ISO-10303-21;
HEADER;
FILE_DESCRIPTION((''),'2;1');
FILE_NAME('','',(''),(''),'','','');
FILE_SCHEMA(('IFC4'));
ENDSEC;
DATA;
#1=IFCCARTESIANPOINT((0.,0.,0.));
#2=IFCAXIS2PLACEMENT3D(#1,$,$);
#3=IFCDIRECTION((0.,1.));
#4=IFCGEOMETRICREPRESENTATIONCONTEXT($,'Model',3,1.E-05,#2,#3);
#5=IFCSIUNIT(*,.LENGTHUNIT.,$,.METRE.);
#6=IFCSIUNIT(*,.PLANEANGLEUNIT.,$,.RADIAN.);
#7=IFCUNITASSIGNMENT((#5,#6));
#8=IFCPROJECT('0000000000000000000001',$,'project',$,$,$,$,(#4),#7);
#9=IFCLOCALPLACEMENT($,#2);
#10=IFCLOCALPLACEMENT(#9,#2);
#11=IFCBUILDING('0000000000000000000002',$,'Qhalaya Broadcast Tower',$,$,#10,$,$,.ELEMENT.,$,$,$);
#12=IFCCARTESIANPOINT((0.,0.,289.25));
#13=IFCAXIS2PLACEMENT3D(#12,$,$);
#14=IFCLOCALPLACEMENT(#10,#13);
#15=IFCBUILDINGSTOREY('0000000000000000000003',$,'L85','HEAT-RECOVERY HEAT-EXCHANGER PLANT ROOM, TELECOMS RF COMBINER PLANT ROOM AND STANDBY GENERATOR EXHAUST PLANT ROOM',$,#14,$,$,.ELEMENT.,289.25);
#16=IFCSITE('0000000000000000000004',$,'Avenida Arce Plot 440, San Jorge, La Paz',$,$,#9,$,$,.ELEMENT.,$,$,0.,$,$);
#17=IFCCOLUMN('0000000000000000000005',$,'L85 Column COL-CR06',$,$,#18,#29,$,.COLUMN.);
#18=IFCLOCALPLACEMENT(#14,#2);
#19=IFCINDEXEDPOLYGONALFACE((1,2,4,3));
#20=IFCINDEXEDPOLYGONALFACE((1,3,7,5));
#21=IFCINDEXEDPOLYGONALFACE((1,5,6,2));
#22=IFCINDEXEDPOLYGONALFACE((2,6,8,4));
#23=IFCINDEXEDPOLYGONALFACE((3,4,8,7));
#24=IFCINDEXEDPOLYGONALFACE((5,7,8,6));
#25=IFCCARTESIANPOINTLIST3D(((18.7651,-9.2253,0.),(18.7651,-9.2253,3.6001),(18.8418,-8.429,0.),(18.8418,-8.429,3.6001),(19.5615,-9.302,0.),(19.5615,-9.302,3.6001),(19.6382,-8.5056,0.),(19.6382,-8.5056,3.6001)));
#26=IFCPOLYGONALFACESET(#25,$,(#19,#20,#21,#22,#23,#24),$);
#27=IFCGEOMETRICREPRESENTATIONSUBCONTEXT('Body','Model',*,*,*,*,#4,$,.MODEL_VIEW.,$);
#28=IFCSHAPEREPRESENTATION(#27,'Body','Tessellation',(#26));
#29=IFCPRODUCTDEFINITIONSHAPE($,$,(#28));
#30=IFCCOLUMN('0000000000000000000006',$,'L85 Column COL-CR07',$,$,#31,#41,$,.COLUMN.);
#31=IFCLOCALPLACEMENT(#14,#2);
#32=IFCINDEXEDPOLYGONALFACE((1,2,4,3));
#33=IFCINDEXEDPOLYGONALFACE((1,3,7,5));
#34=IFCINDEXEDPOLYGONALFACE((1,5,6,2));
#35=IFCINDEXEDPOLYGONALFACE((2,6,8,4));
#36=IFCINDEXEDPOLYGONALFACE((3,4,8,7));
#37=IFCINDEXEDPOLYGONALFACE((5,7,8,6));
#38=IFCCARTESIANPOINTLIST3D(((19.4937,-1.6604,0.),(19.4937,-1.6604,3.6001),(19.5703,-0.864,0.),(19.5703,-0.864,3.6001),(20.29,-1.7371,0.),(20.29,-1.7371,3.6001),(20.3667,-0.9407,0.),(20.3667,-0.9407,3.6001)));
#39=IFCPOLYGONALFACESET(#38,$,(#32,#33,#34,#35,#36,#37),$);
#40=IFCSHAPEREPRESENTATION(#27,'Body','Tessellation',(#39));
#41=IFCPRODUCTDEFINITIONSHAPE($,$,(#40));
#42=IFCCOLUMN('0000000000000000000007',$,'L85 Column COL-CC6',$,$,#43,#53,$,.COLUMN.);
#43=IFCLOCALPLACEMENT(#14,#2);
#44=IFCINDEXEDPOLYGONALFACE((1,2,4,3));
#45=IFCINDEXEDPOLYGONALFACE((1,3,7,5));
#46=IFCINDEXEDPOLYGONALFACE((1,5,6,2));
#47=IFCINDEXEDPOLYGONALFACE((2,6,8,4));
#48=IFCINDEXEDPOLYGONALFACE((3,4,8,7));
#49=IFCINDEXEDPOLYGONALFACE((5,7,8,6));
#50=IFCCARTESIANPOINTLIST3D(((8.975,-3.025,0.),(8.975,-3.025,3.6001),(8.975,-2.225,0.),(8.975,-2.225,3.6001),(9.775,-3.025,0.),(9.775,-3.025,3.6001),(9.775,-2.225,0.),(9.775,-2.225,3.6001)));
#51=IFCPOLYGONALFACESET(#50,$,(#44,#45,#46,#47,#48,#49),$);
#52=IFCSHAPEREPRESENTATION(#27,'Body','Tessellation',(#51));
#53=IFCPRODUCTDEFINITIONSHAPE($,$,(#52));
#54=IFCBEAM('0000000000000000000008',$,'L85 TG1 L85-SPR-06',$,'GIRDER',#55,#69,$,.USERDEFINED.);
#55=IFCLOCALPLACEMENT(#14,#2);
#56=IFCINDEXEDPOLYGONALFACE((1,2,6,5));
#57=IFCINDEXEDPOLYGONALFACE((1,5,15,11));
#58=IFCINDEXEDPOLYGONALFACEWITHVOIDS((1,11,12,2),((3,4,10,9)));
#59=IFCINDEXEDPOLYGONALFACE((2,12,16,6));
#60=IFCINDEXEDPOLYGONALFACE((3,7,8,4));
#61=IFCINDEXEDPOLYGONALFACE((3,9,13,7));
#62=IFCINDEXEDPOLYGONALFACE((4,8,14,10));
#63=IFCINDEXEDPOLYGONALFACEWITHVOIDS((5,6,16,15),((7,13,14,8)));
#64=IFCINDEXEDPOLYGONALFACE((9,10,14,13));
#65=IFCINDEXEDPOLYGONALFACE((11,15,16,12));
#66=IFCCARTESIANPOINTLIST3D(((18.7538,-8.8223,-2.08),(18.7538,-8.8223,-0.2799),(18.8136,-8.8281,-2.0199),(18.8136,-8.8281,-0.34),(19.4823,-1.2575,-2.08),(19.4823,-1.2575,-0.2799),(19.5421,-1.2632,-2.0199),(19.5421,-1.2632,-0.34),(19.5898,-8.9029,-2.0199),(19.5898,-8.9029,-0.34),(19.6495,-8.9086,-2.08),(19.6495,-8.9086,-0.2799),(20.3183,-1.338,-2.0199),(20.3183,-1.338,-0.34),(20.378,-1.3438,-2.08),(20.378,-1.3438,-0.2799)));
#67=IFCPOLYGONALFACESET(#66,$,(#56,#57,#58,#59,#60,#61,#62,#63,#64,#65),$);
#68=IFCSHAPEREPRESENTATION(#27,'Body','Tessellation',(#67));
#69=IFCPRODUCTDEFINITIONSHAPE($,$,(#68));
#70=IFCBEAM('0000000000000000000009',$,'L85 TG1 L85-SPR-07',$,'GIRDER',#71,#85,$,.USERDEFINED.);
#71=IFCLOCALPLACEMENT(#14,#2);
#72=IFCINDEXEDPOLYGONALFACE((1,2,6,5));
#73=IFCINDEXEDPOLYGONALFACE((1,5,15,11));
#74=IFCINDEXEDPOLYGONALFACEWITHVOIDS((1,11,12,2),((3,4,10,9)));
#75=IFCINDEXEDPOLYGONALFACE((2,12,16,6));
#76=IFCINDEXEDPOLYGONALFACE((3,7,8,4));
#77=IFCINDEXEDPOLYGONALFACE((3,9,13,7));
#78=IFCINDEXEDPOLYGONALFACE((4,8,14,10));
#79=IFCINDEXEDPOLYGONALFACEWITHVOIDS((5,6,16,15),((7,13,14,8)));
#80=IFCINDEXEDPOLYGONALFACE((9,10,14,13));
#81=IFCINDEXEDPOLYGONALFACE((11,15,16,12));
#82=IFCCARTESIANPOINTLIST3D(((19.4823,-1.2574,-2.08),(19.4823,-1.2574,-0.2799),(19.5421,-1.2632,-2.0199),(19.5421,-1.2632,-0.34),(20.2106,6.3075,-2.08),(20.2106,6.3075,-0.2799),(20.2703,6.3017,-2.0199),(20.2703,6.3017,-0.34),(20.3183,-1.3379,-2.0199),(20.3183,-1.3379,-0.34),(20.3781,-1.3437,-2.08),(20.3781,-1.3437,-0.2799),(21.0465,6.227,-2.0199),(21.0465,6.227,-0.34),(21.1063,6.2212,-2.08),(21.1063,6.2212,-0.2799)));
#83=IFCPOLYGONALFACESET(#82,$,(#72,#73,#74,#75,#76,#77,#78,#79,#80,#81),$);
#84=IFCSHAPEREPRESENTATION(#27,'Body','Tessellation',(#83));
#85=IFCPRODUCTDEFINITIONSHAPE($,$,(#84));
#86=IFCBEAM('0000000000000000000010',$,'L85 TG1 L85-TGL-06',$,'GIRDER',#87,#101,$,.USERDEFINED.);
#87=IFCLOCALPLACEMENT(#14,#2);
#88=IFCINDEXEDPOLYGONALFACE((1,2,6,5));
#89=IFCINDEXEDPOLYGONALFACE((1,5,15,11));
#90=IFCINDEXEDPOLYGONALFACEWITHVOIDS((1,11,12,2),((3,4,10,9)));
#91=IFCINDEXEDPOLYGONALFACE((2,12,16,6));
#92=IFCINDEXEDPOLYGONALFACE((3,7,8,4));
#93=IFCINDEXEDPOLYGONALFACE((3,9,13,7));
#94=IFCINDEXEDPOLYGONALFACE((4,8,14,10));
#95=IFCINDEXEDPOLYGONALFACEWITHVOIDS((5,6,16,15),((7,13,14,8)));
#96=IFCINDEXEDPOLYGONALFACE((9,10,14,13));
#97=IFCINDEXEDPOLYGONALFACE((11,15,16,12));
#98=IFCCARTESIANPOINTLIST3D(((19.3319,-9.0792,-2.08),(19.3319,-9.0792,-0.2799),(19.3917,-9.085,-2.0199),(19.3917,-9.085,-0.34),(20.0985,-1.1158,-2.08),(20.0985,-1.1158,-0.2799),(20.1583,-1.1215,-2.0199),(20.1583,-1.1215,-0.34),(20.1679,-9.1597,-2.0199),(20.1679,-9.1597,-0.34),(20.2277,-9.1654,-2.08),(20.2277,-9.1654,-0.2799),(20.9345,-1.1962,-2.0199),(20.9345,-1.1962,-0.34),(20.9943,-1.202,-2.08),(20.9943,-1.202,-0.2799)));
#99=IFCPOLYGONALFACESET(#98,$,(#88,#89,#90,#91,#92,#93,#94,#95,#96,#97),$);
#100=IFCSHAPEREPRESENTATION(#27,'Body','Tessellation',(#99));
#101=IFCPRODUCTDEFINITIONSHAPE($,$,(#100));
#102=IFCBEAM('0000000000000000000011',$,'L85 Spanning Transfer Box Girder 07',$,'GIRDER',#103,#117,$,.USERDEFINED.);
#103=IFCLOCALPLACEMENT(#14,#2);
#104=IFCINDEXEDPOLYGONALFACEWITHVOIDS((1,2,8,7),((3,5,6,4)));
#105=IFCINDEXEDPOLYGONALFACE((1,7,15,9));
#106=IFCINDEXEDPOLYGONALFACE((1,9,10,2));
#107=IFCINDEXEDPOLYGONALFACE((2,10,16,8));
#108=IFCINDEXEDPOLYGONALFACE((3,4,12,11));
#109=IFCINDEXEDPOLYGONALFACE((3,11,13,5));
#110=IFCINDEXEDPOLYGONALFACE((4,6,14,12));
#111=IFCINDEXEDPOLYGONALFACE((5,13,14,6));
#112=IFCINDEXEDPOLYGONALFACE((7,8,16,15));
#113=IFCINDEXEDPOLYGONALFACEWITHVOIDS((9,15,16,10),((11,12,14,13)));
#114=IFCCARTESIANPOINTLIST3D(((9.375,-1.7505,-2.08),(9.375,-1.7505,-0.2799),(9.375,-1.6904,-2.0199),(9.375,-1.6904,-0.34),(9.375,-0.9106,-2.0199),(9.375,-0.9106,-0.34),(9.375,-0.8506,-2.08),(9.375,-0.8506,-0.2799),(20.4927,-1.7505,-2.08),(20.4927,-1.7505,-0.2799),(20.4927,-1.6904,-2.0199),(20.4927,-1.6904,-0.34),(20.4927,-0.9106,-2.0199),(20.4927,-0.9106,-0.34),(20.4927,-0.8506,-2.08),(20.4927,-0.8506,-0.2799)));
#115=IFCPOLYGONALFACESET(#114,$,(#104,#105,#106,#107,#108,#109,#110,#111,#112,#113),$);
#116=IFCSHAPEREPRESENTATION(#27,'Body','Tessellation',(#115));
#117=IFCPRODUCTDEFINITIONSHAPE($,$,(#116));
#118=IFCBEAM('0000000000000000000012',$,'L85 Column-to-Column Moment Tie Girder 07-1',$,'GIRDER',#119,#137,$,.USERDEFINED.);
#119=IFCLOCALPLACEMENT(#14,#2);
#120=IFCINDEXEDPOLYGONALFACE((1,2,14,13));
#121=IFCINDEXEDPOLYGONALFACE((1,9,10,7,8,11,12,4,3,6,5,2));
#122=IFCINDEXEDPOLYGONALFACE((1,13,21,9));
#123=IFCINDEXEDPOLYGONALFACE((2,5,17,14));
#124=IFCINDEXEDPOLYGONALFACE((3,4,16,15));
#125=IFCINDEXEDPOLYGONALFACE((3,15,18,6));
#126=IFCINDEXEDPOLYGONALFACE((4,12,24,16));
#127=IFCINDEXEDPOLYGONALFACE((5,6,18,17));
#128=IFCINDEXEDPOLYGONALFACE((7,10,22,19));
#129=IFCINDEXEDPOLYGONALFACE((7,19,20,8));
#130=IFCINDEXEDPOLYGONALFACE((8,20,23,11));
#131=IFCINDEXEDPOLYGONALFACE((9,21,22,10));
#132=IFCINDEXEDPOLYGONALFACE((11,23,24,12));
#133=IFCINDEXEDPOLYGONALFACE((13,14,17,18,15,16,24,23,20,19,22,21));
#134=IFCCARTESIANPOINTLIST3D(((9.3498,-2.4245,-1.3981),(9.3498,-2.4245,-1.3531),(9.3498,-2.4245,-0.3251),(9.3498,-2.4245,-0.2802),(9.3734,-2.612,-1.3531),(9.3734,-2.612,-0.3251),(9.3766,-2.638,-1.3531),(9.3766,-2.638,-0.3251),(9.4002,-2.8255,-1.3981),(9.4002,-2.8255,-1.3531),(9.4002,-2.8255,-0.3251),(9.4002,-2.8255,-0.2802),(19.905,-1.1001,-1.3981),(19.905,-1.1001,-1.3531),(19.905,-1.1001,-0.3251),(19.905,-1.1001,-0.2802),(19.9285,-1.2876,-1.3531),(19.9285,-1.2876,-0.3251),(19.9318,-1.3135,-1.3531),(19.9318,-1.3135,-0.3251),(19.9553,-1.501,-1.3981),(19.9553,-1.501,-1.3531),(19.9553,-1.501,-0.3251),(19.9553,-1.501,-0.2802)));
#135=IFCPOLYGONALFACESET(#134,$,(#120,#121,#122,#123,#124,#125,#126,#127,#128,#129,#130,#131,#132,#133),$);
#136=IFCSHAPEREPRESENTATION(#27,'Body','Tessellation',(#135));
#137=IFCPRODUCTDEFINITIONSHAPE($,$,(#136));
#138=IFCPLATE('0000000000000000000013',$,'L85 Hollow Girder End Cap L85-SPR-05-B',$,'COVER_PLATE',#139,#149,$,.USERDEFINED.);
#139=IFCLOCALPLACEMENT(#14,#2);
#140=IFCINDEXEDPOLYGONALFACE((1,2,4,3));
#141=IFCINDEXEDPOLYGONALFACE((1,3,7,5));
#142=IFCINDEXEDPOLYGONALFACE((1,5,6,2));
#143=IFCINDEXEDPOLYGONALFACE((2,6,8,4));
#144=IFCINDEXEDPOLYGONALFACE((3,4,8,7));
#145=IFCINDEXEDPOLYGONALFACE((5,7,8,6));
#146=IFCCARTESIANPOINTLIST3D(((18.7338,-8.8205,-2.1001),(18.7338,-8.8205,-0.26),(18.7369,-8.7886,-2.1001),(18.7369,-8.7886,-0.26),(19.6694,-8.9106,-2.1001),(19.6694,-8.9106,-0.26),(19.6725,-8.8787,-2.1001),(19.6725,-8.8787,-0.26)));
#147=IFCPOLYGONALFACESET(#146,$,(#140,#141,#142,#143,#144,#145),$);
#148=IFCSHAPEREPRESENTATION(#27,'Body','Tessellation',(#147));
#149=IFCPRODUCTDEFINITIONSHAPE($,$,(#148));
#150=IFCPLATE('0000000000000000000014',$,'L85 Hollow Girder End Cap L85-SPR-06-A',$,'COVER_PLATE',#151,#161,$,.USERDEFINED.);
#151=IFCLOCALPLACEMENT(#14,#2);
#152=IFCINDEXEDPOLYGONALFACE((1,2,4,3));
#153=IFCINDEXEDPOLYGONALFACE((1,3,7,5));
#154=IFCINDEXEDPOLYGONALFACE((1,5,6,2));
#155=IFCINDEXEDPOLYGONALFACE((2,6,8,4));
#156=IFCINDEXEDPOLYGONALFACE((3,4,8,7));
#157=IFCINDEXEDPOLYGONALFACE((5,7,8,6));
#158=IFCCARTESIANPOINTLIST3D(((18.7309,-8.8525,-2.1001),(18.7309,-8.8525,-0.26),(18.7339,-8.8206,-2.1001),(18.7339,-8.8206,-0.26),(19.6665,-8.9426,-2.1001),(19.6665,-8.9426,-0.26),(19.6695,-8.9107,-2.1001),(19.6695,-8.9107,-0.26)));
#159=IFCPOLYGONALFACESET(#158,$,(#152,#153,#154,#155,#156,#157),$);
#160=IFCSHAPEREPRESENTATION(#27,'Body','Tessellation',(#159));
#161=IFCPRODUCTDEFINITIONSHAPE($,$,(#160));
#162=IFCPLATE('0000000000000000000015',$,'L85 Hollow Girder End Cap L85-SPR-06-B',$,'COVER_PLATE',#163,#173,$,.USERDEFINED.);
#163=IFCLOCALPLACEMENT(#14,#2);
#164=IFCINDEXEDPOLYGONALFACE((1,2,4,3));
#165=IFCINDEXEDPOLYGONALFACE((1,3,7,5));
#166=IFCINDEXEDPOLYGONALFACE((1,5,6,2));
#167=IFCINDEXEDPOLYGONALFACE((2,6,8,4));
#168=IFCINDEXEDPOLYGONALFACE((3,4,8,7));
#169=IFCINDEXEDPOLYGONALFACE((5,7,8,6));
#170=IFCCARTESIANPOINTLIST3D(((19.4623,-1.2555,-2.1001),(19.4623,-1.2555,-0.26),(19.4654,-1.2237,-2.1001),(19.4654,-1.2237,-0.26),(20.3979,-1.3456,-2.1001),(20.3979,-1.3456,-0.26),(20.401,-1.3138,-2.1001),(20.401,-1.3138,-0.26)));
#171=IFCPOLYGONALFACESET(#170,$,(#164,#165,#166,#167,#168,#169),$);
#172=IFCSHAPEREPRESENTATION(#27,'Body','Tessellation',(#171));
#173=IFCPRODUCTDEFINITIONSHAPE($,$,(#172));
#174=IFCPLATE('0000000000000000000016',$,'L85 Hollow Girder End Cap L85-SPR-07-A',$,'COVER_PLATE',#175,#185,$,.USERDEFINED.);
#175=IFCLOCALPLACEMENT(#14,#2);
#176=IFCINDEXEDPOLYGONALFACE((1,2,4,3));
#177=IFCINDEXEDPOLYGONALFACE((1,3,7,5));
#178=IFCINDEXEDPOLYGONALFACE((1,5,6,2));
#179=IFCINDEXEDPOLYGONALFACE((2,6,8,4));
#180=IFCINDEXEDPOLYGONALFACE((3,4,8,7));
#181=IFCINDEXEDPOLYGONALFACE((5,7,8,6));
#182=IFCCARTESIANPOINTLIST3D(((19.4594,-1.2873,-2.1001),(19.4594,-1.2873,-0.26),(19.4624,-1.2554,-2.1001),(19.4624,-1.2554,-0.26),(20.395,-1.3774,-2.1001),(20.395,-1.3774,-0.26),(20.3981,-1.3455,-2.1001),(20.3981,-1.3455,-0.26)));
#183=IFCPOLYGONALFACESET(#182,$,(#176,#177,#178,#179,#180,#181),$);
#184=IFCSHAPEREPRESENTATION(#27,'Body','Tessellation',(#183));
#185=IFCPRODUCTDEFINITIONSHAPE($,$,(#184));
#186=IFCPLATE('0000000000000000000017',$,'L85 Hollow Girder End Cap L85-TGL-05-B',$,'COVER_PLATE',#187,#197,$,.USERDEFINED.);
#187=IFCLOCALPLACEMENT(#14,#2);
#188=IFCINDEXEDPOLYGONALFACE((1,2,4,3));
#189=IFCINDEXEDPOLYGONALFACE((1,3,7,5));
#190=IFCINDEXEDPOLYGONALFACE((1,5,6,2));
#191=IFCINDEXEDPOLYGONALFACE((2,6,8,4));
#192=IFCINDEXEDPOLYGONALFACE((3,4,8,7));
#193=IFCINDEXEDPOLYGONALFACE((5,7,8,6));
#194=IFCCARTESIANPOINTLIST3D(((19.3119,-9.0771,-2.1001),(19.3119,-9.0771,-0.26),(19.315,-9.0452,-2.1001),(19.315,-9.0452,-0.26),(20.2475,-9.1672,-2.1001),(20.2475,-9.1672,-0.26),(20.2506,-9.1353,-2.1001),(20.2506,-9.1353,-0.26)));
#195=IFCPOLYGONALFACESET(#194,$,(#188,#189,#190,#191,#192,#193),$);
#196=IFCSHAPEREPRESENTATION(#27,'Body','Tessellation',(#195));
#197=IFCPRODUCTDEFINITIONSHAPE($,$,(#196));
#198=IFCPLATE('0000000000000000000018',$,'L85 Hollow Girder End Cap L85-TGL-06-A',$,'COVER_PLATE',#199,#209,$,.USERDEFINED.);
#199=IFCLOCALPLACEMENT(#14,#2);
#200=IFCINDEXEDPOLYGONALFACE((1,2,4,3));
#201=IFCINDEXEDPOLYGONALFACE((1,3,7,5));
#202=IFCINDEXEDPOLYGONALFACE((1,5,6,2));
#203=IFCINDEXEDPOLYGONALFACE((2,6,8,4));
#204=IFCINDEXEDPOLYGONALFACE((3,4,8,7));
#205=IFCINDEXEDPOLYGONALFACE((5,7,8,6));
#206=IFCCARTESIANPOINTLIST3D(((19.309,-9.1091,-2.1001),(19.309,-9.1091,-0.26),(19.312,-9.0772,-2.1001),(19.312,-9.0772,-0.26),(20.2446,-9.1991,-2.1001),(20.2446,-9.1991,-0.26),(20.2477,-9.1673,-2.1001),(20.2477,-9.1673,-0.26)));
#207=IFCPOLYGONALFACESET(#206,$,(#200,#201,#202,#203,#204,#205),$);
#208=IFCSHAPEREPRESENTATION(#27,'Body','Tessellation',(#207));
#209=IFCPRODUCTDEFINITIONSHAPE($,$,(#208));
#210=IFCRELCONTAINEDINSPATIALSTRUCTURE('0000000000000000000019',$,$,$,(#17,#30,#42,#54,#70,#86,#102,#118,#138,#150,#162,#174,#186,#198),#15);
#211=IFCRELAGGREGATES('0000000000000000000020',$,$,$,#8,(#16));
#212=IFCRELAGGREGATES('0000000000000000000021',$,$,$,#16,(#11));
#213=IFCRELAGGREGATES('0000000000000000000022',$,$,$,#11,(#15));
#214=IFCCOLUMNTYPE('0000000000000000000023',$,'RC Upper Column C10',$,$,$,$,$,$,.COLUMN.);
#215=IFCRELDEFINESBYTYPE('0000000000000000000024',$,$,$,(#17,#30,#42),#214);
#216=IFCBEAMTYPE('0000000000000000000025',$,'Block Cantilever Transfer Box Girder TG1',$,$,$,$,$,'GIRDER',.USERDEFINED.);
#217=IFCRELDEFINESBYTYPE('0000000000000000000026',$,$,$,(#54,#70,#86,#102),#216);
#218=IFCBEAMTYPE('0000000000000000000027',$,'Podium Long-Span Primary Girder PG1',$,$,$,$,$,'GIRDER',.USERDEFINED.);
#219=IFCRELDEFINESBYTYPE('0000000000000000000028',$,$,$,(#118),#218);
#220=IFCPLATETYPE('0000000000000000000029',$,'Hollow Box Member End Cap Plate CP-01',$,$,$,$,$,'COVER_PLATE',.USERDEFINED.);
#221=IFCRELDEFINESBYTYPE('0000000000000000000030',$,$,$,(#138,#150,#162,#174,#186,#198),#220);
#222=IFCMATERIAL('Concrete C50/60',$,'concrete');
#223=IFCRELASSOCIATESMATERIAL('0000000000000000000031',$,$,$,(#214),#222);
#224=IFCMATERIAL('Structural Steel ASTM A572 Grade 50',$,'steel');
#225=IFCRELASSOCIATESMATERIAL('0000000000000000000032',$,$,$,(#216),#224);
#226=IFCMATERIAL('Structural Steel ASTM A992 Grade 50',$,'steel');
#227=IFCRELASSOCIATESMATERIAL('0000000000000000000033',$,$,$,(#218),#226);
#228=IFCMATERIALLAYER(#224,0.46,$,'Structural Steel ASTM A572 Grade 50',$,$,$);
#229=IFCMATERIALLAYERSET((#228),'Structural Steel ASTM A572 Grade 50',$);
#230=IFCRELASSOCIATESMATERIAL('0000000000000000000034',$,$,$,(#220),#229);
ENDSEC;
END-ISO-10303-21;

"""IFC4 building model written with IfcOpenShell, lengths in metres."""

from ifc_helpers import new_model, si_unit, direction, frame, origin, origin_2d, place, context, subcontext, project, spatial, rectangle, hollow_rectangle, i_section, extrude, material, layer, layer_set, material_profile, profile_set, type_object, element, save


model = new_model("IFC4")

# Units and contexts
model_context = context("Model", 3, precision=1e-05, world=origin(), true_north=direction((0.0, 1.0)))
body_context = subcontext(model_context, "Body", "Model", "MODEL_VIEW")
ifc_project = project(units=[si_unit("LENGTHUNIT", "METRE"), si_unit("PLANEANGLEUNIT", "RADIAN")], contexts=[model_context])

# Site, building, storey
site_placement = place(None, origin())
site = spatial("IfcSite", under=ifc_project, at=site_placement, Name="Avenida Arce Plot 440, San Jorge, La Paz", CompositionType="ELEMENT", RefElevation=0.0)
building_placement = place(site_placement, origin())
building = spatial("IfcBuilding", under=site, at=building_placement, Name="Qhalaya Broadcast Tower", CompositionType="ELEMENT")
storey_placement = place(building_placement, frame((0.0, 0.0, 289.25)))
storey = spatial("IfcBuildingStorey", under=building, at=storey_placement, Name="L85", Description="HEAT-RECOVERY HEAT-EXCHANGER PLANT ROOM, TELECOMS RF COMBINER PLANT ROOM AND STANDBY GENERATOR EXHAUST PLANT ROOM", CompositionType="ELEMENT", Elevation=289.25)

# Columns
ifc_material_1 = material(Name="Concrete C50/60", Category="concrete")
ifc_material_profile_1 = material_profile(ifc_material_1, rectangle(XDim=0.8, YDim=0.8, at=origin_2d()), Name="RC-COL 800x800")
ifc_profile_set_1 = profile_set([ifc_material_profile_1], Name="Concrete C50/60")
column_type = type_object("IfcColumnType", Name="RC Upper Column C10", PredefinedType="COLUMN", material=ifc_profile_set_1)
for number, where, z_axis, x_axis, name in (
    (1, (19.2017, -8.8655, 0.0), (0.0, 0.0, 1.0), (0.095846, 0.995396, 0.0), "L85 Column COL-CR06"),
    (2, (19.9302, -1.3005, 0.0), (0.0, 0.0, 1.0), (0.095846, 0.995396, 0.0), "L85 Column COL-CR07"),
    (3, (9.375, -2.625, 0.0), (0.0, 0.0, 1.0), (1.0, 0.0, 0.0), "L85 Column COL-CC6"),
):
    element("IfcColumn", number, at=place(storey_placement, frame(where, z_axis=z_axis, x_axis=x_axis)), inside=storey, type_object=column_type, Name=name, PredefinedType="COLUMN", context=body_context, shape_type="SweptSolid", body=[
        extrude(rectangle(XDim=0.8, YDim=0.8, at=origin_2d()), origin(), (0.0, 0.0, 1.0), 3.6001),
    ])

# Beams
ifc_material_2 = material(Name="Structural Steel ASTM A572 Grade 50", Category="steel")
ifc_material_profile_2 = material_profile(ifc_material_2, hollow_rectangle(XDim=0.8999, YDim=1.8, WallThickness=0.0601, at=origin_2d()), Name="BOX 900x1800x60")
ifc_profile_set_2 = profile_set([ifc_material_profile_2], Name="Structural Steel ASTM A572 Grade 50")
beam_type_1 = type_object("IfcBeamType", Name="Block Cantilever Transfer Box Girder TG1", ElementType="GIRDER", PredefinedType="USERDEFINED", material=ifc_profile_set_2)
for number, where, z_axis, x_axis, name in (
    (4, (19.2017, -8.8655, -1.1799), (0.095858, 0.995395, 0.0), (-0.995395, 0.095858, 0.0), "L85 TG1 L85-SPR-06"),
    (5, (19.9302, -1.3005, -1.1799), (0.095826, 0.995398, 0.0), (-0.995398, 0.095826, 0.0), "L85 TG1 L85-SPR-07"),
):
    element("IfcBeam", number, at=place(storey_placement, frame(where, z_axis=z_axis, x_axis=x_axis)), inside=storey, type_object=beam_type_1, Name=name, ObjectType="GIRDER", PredefinedType="USERDEFINED", context=body_context, shape_type="SweptSolid", body=[
        extrude(hollow_rectangle(XDim=0.8999, YDim=1.8, WallThickness=0.0601, at=origin_2d()), origin(), (0.0, 0.0, 1.0), 7.5999),
    ])
beam_1_placement = place(storey_placement, frame((19.7798, -9.1223, -1.1799), z_axis=(0.095823, 0.995398, 0.0), x_axis=(-0.995398, 0.095823, 0.0)))
element("IfcBeam", 6, at=beam_1_placement, inside=storey, type_object=beam_type_1, Name="L85 TG1 L85-TGL-06", ObjectType="GIRDER", PredefinedType="USERDEFINED", context=body_context, shape_type="SweptSolid", body=[
    extrude(hollow_rectangle(XDim=0.8999, YDim=1.8, WallThickness=0.0601, at=origin_2d()), origin(), (0.0, 0.0, 1.0), 8.0002),
])
beam_2_placement = place(storey_placement, frame((9.375, -1.3005, -1.1799), z_axis=(1.0, 0.0, 0.0), x_axis=(0.0, 1.0, 0.0)))
element("IfcBeam", 7, at=beam_2_placement, inside=storey, type_object=beam_type_1, Name="L85 Spanning Transfer Box Girder 07", ObjectType="GIRDER", PredefinedType="USERDEFINED", context=body_context, shape_type="SweptSolid", body=[
    extrude(hollow_rectangle(XDim=0.8999, YDim=1.8, WallThickness=0.0601, at=origin_2d()), origin(), (0.0, 0.0, 1.0), 11.1177),
])
ifc_material_3 = material(Name="Structural Steel ASTM A992 Grade 50", Category="steel")
ifc_material_profile_3 = material_profile(ifc_material_3, i_section(OverallWidth=0.4041, OverallDepth=1.1179, WebThickness=0.0261, FlangeThickness=0.0449, at=origin_2d()), Name="W44X335")
ifc_profile_set_3 = profile_set([ifc_material_profile_3], Name="Structural Steel ASTM A992 Grade 50")
beam_type_2 = type_object("IfcBeamType", Name="Podium Long-Span Primary Girder PG1", ElementType="GIRDER", PredefinedType="USERDEFINED", material=ifc_profile_set_3)
beam_3_placement = place(storey_placement, frame((9.375, -2.625, -0.8391), z_axis=(0.992219, 0.124504, 0.0), x_axis=(-0.124504, 0.992219, 0.0)))
element("IfcBeam", 8, at=beam_3_placement, inside=storey, type_object=beam_type_2, Name="L85 Column-to-Column Moment Tie Girder 07-1", ObjectType="GIRDER", PredefinedType="USERDEFINED", context=body_context, shape_type="SweptSolid", body=[
    extrude(i_section(OverallWidth=0.4041, OverallDepth=1.1179, WebThickness=0.0261, FlangeThickness=0.0449, at=origin_2d()), origin(), (0.0, 0.0, 1.0), 10.6379),
])

# Plates
ifc_layer_1 = layer(ifc_material_2, 0.46, Name="Structural Steel ASTM A572 Grade 50")
ifc_layer_set_1 = layer_set([ifc_layer_1], Name="Structural Steel ASTM A572 Grade 50")
plate_type = type_object("IfcPlateType", Name="Hollow Box Member End Cap Plate CP-01", ElementType="COVER_PLATE", PredefinedType="USERDEFINED", material=ifc_layer_set_1)
for number, where, z_axis, x_axis, name in (
    (9, (19.2031, -8.8496, -2.1001), (0.0, 0.0, 1.0), (-0.995395, 0.095863, 0.0), "L85 Hollow Girder End Cap L85-SPR-05-B"),
    (10, (19.2002, -8.8816, -2.1001), (0.0, 0.0, 1.0), (-0.995396, 0.095846, 0.0), "L85 Hollow Girder End Cap L85-SPR-06-A"),
    (11, (19.9316, -1.2847, -2.1001), (0.0, 0.0, 1.0), (-0.995396, 0.095846, 0.0), "L85 Hollow Girder End Cap L85-SPR-06-B"),
    (12, (19.9287, -1.3164, -2.1001), (0.0, 0.0, 1.0), (-0.995396, 0.095846, 0.0), "L85 Hollow Girder End Cap L85-SPR-07-A"),
    (13, (19.7812, -9.1062, -2.1001), (0.0, 0.0, 1.0), (-0.995396, 0.095846, 0.0), "L85 Hollow Girder End Cap L85-TGL-05-B"),
    (14, (19.7783, -9.1382, -2.1001), (0.0, 0.0, 1.0), (-0.995396, 0.095846, 0.0), "L85 Hollow Girder End Cap L85-TGL-06-A"),
):
    element("IfcPlate", number, at=place(storey_placement, frame(where, z_axis=z_axis, x_axis=x_axis)), inside=storey, type_object=plate_type, Name=name, ObjectType="COVER_PLATE", PredefinedType="USERDEFINED", context=body_context, shape_type="SweptSolid", body=[
        extrude(rectangle(XDim=0.9399, YDim=0.032, at=origin_2d()), origin(), (0.0, 0.0, 1.0), 1.8401),
    ])

save(model, "model.ifc")
